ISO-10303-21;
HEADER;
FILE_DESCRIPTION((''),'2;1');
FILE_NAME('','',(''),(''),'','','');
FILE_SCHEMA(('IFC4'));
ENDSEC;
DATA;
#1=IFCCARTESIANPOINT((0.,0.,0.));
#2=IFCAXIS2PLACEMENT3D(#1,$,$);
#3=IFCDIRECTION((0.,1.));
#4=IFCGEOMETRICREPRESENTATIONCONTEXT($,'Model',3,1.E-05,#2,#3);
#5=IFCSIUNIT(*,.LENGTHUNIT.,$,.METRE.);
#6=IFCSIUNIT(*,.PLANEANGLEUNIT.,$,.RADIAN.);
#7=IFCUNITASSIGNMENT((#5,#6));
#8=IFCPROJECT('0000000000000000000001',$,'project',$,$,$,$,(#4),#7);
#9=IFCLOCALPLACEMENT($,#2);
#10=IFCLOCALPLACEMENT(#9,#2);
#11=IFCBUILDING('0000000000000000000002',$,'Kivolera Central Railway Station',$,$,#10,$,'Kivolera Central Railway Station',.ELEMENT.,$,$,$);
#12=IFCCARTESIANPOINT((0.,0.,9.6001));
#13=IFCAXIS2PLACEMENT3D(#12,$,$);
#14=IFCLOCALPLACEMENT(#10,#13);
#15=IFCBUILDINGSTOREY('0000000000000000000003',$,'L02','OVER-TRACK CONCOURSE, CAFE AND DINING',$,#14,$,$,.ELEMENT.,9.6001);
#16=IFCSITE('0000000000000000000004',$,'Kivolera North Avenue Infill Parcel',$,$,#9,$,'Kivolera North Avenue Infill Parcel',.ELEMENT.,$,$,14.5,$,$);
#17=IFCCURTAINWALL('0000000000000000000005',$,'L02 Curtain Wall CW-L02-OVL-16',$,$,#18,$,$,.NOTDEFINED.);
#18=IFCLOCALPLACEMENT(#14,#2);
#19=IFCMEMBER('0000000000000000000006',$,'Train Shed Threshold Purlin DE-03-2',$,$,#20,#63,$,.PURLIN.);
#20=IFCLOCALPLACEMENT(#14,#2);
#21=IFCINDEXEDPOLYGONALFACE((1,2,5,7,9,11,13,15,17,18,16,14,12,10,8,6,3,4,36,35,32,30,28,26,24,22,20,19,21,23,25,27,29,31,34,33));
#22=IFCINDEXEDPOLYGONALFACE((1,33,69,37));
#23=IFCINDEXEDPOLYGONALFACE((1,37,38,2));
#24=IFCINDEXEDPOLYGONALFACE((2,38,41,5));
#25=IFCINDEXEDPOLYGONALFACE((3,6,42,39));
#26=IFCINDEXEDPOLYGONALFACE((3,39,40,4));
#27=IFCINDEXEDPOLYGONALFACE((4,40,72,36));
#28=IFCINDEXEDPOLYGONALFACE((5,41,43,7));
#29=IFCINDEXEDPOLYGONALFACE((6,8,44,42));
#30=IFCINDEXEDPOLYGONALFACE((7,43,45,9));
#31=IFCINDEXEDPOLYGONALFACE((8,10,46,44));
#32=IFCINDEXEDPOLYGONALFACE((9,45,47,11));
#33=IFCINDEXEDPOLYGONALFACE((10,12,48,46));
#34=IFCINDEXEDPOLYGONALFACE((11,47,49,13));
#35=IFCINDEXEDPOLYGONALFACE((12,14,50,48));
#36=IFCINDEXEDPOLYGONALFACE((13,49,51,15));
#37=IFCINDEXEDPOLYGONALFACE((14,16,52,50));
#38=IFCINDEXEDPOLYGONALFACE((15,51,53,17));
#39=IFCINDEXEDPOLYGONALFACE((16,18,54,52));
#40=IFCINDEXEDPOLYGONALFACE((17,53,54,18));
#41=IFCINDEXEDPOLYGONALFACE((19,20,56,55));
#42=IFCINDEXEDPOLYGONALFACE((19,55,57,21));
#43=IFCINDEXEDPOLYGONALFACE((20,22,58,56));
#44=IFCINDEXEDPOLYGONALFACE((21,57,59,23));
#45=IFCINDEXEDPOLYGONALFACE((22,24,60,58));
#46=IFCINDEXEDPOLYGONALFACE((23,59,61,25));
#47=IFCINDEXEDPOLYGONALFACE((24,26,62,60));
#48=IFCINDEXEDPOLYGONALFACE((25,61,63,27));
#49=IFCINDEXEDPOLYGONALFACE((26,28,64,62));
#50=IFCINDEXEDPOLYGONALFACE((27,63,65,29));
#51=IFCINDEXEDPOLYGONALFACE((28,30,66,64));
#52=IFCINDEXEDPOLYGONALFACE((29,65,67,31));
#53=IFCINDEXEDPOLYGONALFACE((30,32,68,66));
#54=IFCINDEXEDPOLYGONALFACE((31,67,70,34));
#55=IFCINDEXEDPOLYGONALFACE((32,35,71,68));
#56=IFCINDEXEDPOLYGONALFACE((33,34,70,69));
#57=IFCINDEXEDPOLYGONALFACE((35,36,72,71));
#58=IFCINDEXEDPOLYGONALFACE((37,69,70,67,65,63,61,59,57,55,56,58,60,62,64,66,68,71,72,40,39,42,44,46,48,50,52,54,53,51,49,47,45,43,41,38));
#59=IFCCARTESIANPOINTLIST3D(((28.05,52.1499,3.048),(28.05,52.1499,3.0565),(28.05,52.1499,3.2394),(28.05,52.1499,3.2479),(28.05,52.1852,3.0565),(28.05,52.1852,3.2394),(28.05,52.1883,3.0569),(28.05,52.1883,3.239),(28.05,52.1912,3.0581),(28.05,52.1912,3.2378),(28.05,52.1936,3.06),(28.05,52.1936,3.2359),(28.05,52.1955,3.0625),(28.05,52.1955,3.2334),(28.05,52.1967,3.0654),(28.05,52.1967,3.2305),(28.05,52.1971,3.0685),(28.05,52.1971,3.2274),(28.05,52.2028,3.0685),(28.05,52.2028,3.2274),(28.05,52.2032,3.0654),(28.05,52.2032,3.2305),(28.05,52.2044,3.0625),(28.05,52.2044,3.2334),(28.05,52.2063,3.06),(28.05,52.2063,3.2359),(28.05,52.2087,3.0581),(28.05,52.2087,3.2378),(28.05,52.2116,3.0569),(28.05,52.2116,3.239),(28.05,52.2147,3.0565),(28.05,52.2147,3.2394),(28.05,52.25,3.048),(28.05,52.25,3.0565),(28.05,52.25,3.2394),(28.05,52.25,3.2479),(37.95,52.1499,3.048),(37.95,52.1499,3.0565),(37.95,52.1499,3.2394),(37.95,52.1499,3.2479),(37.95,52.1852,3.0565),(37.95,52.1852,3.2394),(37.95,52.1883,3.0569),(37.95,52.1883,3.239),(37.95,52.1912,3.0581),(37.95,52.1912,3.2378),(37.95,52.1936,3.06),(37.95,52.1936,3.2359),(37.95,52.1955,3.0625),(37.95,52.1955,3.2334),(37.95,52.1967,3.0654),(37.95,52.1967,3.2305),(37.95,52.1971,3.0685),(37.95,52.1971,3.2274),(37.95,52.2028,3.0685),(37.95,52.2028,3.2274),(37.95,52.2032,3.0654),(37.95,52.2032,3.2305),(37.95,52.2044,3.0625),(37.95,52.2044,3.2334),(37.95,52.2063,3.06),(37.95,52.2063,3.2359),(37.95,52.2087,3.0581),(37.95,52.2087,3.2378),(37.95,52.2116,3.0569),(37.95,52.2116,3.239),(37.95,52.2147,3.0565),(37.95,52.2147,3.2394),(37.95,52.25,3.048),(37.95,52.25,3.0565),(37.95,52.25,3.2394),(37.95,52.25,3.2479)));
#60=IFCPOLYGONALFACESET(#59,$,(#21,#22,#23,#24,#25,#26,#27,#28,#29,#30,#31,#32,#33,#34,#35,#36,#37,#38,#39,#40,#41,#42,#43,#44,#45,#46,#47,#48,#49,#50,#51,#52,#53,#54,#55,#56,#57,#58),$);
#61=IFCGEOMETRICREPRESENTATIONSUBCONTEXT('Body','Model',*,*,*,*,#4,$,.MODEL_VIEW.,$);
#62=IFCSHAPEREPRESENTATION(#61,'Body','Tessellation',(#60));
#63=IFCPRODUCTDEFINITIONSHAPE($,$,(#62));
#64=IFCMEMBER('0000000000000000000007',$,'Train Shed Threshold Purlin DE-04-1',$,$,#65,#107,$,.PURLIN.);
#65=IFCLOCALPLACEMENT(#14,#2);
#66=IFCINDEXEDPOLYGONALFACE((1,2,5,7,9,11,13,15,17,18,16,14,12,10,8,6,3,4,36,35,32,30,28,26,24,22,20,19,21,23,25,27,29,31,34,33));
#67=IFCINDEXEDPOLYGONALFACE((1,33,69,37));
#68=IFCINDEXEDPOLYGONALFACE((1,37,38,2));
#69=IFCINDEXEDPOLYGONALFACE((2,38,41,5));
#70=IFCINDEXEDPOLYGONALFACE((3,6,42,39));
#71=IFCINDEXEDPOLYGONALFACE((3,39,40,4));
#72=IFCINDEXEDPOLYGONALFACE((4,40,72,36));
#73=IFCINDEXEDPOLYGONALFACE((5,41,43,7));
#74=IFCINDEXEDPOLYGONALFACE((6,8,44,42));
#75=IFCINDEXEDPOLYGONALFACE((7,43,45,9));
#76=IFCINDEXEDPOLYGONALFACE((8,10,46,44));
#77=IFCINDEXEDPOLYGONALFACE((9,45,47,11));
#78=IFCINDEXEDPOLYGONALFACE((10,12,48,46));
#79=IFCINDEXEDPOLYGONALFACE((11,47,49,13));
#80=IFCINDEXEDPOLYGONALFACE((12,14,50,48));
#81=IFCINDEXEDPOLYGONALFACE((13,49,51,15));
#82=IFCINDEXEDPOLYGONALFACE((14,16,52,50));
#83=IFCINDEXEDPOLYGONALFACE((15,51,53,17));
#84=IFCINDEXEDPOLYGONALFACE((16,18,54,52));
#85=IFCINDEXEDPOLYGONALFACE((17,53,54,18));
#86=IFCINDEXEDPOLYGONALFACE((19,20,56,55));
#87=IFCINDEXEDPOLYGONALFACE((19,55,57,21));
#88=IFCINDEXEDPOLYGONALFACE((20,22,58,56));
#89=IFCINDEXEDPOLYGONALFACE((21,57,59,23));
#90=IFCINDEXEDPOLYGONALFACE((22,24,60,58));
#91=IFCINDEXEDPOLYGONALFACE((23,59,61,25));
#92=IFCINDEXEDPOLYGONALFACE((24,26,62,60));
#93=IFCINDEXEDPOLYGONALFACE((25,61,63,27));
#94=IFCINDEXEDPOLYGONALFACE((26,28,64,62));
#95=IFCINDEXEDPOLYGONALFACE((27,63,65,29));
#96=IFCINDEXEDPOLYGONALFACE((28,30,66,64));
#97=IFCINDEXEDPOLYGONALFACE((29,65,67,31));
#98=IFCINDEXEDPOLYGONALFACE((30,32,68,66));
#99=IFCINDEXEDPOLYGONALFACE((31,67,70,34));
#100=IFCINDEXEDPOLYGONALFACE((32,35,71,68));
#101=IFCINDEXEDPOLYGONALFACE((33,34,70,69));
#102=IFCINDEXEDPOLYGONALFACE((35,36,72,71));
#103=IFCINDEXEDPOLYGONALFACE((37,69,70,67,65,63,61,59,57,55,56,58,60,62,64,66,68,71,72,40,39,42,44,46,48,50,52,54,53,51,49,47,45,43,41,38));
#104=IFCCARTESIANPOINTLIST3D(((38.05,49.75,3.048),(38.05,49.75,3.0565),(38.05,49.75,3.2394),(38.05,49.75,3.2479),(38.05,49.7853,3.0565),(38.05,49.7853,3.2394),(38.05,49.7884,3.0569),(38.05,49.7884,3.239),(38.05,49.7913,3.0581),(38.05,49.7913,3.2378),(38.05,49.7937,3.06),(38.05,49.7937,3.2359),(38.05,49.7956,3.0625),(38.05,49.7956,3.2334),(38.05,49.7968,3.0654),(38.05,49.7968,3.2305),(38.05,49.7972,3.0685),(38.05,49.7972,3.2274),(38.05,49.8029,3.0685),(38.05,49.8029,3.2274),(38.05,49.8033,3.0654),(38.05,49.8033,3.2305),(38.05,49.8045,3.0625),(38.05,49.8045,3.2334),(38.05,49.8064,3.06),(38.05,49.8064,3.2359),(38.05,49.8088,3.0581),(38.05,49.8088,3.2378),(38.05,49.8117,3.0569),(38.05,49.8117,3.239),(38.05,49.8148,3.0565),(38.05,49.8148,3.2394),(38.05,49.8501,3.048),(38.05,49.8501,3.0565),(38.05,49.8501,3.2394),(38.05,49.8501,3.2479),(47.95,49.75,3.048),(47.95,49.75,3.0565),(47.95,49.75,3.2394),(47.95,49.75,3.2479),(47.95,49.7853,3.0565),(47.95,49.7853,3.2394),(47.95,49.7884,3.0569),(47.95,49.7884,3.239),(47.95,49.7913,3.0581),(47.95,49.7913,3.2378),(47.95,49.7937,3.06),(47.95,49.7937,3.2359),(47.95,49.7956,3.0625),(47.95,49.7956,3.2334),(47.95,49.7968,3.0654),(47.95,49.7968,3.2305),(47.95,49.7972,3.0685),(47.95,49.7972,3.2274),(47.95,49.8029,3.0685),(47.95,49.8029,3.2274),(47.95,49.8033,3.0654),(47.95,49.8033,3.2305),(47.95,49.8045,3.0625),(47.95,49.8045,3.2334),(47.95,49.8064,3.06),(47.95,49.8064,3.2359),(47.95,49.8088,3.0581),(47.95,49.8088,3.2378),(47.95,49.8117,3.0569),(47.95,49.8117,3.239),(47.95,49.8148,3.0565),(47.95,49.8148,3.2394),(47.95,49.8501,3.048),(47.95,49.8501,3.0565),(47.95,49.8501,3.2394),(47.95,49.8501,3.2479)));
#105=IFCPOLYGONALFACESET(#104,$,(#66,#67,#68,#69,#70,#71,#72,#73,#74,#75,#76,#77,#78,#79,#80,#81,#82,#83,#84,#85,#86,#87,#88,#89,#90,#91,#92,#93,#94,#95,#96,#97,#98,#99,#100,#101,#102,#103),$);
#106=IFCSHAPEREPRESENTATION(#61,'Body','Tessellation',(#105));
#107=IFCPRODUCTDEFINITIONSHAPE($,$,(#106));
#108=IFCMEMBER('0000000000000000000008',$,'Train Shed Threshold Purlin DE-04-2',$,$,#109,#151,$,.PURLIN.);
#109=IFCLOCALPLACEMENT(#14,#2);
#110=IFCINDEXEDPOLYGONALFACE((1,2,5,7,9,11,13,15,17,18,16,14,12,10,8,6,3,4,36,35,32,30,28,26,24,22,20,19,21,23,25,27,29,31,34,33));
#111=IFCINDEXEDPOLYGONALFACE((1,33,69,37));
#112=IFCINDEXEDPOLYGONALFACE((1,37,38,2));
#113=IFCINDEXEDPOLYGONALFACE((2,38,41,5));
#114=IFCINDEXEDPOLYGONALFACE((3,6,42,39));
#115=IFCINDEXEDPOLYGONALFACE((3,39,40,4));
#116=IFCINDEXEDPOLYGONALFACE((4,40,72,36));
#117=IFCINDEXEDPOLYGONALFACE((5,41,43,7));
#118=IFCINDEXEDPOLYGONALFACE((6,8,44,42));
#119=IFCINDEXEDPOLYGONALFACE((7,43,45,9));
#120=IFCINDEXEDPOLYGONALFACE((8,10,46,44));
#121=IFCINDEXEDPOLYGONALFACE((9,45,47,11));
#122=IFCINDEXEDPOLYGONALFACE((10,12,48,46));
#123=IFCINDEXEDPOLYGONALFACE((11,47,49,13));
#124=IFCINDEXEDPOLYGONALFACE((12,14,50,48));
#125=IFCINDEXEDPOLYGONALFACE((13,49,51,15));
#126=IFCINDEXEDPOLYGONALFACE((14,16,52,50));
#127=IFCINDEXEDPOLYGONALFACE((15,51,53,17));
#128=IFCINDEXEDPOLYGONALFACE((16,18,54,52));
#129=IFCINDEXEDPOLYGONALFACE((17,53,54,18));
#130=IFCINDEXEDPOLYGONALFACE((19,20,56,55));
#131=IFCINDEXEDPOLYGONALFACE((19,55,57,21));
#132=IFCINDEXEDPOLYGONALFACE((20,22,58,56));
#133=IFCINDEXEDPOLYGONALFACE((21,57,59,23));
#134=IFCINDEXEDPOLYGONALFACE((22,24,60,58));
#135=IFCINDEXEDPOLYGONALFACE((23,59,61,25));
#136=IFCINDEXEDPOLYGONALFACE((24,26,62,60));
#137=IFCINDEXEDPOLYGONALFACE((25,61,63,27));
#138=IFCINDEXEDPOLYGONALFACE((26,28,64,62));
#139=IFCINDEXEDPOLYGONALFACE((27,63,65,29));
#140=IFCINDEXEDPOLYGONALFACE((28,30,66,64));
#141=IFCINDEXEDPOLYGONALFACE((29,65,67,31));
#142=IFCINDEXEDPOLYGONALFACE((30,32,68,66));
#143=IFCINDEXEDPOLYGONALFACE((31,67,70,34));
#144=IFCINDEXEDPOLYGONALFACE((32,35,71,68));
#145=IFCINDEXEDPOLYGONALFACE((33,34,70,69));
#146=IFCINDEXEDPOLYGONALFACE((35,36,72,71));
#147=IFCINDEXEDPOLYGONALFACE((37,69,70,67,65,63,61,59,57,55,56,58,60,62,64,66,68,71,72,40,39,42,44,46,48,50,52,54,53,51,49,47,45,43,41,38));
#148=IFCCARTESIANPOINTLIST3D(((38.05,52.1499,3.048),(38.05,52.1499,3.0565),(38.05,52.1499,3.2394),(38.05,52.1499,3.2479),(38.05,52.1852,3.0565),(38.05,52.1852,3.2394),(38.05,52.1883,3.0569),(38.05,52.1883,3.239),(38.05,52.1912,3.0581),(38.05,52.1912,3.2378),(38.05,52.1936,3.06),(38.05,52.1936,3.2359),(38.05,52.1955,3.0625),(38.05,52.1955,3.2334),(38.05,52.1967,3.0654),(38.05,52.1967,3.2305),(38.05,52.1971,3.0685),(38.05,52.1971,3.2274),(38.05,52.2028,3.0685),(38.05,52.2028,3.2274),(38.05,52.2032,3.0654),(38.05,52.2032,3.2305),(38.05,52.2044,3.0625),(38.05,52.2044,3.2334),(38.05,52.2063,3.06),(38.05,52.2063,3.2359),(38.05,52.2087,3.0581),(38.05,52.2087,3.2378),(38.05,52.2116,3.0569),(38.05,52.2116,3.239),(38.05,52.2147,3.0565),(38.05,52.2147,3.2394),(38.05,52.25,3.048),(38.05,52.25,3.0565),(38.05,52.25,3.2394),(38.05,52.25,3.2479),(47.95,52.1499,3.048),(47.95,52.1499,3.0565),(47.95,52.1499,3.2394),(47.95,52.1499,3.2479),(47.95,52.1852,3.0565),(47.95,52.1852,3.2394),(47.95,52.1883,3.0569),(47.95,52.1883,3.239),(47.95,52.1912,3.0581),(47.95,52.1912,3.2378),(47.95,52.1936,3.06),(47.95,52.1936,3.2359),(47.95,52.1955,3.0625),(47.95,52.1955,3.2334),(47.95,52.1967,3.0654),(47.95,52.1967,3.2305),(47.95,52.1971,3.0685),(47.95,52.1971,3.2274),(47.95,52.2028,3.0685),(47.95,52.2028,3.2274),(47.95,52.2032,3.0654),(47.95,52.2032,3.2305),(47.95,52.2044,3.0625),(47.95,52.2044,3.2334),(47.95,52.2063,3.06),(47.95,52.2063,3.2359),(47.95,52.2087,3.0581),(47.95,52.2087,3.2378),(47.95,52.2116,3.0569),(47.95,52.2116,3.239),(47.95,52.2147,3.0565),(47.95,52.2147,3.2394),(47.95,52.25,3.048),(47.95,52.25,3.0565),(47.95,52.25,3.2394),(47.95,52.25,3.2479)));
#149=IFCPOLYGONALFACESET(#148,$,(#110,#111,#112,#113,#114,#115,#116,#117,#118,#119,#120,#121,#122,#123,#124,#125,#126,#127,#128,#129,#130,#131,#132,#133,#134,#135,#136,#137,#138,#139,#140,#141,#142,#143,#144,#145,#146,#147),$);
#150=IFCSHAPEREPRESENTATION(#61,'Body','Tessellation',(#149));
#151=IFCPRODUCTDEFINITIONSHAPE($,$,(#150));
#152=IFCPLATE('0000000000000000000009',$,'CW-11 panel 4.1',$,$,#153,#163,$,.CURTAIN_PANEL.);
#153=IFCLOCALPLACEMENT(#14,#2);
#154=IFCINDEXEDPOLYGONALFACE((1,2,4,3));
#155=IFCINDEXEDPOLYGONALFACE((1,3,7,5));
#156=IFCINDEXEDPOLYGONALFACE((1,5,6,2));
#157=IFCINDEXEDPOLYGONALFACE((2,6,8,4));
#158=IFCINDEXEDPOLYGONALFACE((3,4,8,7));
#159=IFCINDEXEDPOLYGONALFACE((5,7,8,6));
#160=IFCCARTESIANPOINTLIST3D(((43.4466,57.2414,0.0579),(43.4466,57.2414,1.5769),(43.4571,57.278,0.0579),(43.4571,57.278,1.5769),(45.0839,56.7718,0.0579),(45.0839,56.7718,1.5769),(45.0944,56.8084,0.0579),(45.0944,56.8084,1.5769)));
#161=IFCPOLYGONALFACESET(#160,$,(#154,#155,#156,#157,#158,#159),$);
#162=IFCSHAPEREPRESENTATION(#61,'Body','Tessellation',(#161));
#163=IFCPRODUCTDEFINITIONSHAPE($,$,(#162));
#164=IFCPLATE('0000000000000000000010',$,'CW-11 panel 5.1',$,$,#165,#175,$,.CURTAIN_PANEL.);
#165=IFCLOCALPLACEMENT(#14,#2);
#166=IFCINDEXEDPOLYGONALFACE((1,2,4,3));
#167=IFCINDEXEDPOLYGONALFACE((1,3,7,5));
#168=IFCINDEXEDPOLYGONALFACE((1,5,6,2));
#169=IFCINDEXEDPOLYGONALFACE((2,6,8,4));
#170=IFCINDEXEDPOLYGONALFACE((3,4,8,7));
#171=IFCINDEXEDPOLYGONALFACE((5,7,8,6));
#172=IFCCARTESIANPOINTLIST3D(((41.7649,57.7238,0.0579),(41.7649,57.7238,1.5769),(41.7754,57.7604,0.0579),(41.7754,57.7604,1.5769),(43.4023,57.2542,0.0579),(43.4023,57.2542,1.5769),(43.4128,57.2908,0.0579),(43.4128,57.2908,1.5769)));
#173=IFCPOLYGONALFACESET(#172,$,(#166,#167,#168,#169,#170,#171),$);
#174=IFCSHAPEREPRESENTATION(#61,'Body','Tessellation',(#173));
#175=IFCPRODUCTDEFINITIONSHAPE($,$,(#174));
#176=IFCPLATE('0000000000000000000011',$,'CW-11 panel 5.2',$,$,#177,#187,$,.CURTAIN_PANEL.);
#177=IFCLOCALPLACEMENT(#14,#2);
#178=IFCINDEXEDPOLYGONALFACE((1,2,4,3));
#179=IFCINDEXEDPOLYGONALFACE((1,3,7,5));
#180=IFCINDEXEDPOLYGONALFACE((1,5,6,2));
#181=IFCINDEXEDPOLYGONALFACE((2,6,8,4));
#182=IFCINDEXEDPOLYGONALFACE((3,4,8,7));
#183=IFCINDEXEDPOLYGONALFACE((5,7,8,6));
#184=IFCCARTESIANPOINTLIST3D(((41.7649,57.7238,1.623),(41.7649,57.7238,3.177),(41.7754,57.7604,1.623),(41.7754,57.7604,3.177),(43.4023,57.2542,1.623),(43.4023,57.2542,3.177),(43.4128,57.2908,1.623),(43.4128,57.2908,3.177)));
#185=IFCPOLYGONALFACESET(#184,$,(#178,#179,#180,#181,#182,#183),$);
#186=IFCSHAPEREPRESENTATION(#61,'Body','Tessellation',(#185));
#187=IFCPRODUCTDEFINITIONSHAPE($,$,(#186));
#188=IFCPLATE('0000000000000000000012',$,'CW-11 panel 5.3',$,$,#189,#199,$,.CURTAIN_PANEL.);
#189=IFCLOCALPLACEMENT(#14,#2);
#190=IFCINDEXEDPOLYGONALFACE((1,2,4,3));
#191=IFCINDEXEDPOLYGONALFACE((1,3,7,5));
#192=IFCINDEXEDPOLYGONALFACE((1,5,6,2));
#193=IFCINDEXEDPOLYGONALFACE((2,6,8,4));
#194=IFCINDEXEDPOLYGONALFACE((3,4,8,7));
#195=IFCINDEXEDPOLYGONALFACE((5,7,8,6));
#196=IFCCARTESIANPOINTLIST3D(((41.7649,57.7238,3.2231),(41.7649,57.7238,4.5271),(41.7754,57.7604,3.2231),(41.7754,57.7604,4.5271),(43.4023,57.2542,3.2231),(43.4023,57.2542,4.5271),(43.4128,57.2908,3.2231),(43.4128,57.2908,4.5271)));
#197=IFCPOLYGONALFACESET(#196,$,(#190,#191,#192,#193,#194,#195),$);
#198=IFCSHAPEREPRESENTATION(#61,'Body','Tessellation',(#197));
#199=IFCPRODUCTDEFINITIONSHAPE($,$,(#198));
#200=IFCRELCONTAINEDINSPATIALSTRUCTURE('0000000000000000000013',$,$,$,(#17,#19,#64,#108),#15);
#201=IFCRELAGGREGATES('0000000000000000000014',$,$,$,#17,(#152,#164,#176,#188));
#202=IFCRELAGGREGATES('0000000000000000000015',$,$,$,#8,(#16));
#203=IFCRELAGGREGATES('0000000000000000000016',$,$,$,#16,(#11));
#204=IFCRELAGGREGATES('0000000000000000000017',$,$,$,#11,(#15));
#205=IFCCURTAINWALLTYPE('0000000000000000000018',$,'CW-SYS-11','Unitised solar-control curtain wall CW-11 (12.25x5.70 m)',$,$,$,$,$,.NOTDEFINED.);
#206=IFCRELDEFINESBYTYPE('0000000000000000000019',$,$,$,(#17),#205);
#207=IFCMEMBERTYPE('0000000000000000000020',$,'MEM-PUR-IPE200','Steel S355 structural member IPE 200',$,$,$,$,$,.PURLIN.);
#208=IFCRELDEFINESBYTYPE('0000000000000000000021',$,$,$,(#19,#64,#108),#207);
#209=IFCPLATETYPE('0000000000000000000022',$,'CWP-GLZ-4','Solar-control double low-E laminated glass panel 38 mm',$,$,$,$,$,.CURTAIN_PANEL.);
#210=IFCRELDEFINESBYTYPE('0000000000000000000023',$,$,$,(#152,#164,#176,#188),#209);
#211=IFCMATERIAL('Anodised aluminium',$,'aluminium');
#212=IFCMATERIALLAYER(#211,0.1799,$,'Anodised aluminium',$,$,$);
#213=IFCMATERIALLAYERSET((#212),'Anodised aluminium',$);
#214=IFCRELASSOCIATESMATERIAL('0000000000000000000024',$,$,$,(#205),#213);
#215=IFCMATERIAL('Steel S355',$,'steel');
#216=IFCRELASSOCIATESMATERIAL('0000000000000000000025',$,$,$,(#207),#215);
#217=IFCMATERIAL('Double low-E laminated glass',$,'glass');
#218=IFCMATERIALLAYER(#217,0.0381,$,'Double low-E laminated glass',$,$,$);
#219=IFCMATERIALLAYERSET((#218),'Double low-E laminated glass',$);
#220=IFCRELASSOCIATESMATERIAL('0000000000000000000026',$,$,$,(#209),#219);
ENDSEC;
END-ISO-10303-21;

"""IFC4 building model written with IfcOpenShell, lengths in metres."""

from ifc_helpers import new_model, si_unit, direction, frame, origin, origin_2d, place, context, subcontext, project, spatial, rectangle, i_section, extrude, material, layer, layer_set, material_profile, profile_set, type_object, element, aggregate, save


model = new_model("IFC4")

# Units and contexts
model_context = context("Model", 3, precision=1e-05, world=origin(), true_north=direction((0.0, 1.0)))
body_context = subcontext(model_context, "Body", "Model", "MODEL_VIEW")
ifc_project = project(units=[si_unit("LENGTHUNIT", "METRE"), si_unit("PLANEANGLEUNIT", "RADIAN")], contexts=[model_context])

# Site, building, storey
site_placement = place(None, origin())
site = spatial("IfcSite", under=ifc_project, at=site_placement, Name="Kivolera North Avenue Infill Parcel", LongName="Kivolera North Avenue Infill Parcel", CompositionType="ELEMENT", RefElevation=14.5)
building_placement = place(site_placement, origin())
building = spatial("IfcBuilding", under=site, at=building_placement, Name="Kivolera Central Railway Station", LongName="Kivolera Central Railway Station", CompositionType="ELEMENT")
storey_placement = place(building_placement, frame((0.0, 0.0, 9.6001)))
storey = spatial("IfcBuildingStorey", under=building, at=storey_placement, Name="L02", Description="OVER-TRACK CONCOURSE, CAFE AND DINING", CompositionType="ELEMENT", Elevation=9.6001)

# Shared definitions
ifc_material_1 = material(Name="Steel S355", Category="steel")

# Curtain wall
ifc_material_2 = material(Name="Anodised aluminium", Category="aluminium")
ifc_layer_1 = layer(ifc_material_2, 0.1799, Name="Anodised aluminium")
ifc_layer_set_1 = layer_set([ifc_layer_1], Name="Anodised aluminium")
curtain_wall_type = type_object("IfcCurtainWallType", Name="CW-SYS-11", Description="Unitised solar-control curtain wall CW-11 (12.25x5.70 m)", PredefinedType="NOTDEFINED", material=ifc_layer_set_1)
curtain_wall_placement = place(storey_placement, origin())
curtain_wall = element("IfcCurtainWall", 1, at=curtain_wall_placement, inside=storey, type_object=curtain_wall_type, Name="L02 Curtain Wall CW-L02-OVL-16", PredefinedType="NOTDEFINED")

# Members
ifc_material_profile_1 = material_profile(ifc_material_1, i_section(OverallWidth=0.1001, OverallDepth=0.2, WebThickness=0.0056, FlangeThickness=0.0085, FilletRadius=0.012, at=origin_2d()), Name="IPE 200")
ifc_profile_set_1 = profile_set([ifc_material_profile_1], Name="Steel S355")
member_type_1 = type_object("IfcMemberType", Name="MEM-PUR-IPE200", Description="Steel S355 structural member IPE 200", PredefinedType="PURLIN", material=ifc_profile_set_1)
for number, where, z_axis, x_axis, name in (
    (2, (28.05, 52.2, 3.1479), (1.0, 0.0, 0.0), (0.0, 1.0, 0.0), "Train Shed Threshold Purlin DE-03-2"),
    (3, (38.05, 49.8, 3.1479), (1.0, 0.0, 0.0), (0.0, 1.0, 0.0), "Train Shed Threshold Purlin DE-04-1"),
    (4, (38.05, 52.2, 3.1479), (1.0, 0.0, 0.0), (0.0, 1.0, 0.0), "Train Shed Threshold Purlin DE-04-2"),
):
    element("IfcMember", number, at=place(storey_placement, frame(where, z_axis=z_axis, x_axis=x_axis)), inside=storey, type_object=member_type_1, Name=name, PredefinedType="PURLIN", context=body_context, shape_type="SweptSolid", body=[
        extrude(i_section(OverallWidth=0.1001, OverallDepth=0.2, WebThickness=0.0056, FlangeThickness=0.0085, FilletRadius=0.012, at=origin_2d()), origin(), (0.0, 0.0, 1.0), 9.8999),
    ])

# Plates
ifc_material_3 = material(Name="Double low-E laminated glass", Category="glass")
ifc_layer_2 = layer(ifc_material_3, 0.0381, Name="Double low-E laminated glass")
ifc_layer_set_2 = layer_set([ifc_layer_2], Name="Double low-E laminated glass")
plate_type = type_object("IfcPlateType", Name="CWP-GLZ-4", Description="Solar-control double low-E laminated glass panel 38 mm", PredefinedType="CURTAIN_PANEL", material=ifc_layer_set_2)
plate_1_placement = place(storey_placement, frame((44.2705, 57.0249, 0.0579), z_axis=(0.0, 0.0, 1.0), x_axis=(-0.961246, 0.275692, 0.0)))
plate_1 = element("IfcPlate", 5, at=plate_1_placement, type_object=plate_type, Name="CW-11 panel 4.1", PredefinedType="CURTAIN_PANEL", context=body_context, shape_type="SweptSolid", body=[
    extrude(rectangle(XDim=1.7034, YDim=0.0381, at=origin_2d()), origin(), (0.0, 0.0, 1.0), 1.519),
])
plate_2_placement = place(storey_placement, frame((42.5889, 57.5073, 0.0579), z_axis=(0.0, 0.0, 1.0), x_axis=(-0.961246, 0.275692, 0.0)))
plate_2 = element("IfcPlate", 6, at=plate_2_placement, type_object=plate_type, Name="CW-11 panel 5.1", PredefinedType="CURTAIN_PANEL", context=body_context, shape_type="SweptSolid", body=[
    extrude(rectangle(XDim=1.7034, YDim=0.0381, at=origin_2d()), origin(), (0.0, 0.0, 1.0), 1.519),
])
plate_3_placement = place(storey_placement, frame((42.5889, 57.5073, 1.623), z_axis=(0.0, 0.0, 1.0), x_axis=(-0.961246, 0.275692, 0.0)))
plate_3 = element("IfcPlate", 7, at=plate_3_placement, type_object=plate_type, Name="CW-11 panel 5.2", PredefinedType="CURTAIN_PANEL", context=body_context, shape_type="SweptSolid", body=[
    extrude(rectangle(XDim=1.7034, YDim=0.0381, at=origin_2d()), origin(), (0.0, 0.0, 1.0), 1.554),
])
plate_4_placement = place(storey_placement, frame((42.5889, 57.5073, 3.2231), z_axis=(0.0, 0.0, 1.0), x_axis=(-0.961246, 0.275692, 0.0)))
plate_4 = element("IfcPlate", 8, at=plate_4_placement, type_object=plate_type, Name="CW-11 panel 5.3", PredefinedType="CURTAIN_PANEL", context=body_context, shape_type="SweptSolid", body=[
    extrude(rectangle(XDim=1.7034, YDim=0.0381, at=origin_2d()), origin(), (0.0, 0.0, 1.0), 1.304),
])
aggregate(curtain_wall, [plate_1, plate_2, plate_3, plate_4])

save(model, "model.ifc")
